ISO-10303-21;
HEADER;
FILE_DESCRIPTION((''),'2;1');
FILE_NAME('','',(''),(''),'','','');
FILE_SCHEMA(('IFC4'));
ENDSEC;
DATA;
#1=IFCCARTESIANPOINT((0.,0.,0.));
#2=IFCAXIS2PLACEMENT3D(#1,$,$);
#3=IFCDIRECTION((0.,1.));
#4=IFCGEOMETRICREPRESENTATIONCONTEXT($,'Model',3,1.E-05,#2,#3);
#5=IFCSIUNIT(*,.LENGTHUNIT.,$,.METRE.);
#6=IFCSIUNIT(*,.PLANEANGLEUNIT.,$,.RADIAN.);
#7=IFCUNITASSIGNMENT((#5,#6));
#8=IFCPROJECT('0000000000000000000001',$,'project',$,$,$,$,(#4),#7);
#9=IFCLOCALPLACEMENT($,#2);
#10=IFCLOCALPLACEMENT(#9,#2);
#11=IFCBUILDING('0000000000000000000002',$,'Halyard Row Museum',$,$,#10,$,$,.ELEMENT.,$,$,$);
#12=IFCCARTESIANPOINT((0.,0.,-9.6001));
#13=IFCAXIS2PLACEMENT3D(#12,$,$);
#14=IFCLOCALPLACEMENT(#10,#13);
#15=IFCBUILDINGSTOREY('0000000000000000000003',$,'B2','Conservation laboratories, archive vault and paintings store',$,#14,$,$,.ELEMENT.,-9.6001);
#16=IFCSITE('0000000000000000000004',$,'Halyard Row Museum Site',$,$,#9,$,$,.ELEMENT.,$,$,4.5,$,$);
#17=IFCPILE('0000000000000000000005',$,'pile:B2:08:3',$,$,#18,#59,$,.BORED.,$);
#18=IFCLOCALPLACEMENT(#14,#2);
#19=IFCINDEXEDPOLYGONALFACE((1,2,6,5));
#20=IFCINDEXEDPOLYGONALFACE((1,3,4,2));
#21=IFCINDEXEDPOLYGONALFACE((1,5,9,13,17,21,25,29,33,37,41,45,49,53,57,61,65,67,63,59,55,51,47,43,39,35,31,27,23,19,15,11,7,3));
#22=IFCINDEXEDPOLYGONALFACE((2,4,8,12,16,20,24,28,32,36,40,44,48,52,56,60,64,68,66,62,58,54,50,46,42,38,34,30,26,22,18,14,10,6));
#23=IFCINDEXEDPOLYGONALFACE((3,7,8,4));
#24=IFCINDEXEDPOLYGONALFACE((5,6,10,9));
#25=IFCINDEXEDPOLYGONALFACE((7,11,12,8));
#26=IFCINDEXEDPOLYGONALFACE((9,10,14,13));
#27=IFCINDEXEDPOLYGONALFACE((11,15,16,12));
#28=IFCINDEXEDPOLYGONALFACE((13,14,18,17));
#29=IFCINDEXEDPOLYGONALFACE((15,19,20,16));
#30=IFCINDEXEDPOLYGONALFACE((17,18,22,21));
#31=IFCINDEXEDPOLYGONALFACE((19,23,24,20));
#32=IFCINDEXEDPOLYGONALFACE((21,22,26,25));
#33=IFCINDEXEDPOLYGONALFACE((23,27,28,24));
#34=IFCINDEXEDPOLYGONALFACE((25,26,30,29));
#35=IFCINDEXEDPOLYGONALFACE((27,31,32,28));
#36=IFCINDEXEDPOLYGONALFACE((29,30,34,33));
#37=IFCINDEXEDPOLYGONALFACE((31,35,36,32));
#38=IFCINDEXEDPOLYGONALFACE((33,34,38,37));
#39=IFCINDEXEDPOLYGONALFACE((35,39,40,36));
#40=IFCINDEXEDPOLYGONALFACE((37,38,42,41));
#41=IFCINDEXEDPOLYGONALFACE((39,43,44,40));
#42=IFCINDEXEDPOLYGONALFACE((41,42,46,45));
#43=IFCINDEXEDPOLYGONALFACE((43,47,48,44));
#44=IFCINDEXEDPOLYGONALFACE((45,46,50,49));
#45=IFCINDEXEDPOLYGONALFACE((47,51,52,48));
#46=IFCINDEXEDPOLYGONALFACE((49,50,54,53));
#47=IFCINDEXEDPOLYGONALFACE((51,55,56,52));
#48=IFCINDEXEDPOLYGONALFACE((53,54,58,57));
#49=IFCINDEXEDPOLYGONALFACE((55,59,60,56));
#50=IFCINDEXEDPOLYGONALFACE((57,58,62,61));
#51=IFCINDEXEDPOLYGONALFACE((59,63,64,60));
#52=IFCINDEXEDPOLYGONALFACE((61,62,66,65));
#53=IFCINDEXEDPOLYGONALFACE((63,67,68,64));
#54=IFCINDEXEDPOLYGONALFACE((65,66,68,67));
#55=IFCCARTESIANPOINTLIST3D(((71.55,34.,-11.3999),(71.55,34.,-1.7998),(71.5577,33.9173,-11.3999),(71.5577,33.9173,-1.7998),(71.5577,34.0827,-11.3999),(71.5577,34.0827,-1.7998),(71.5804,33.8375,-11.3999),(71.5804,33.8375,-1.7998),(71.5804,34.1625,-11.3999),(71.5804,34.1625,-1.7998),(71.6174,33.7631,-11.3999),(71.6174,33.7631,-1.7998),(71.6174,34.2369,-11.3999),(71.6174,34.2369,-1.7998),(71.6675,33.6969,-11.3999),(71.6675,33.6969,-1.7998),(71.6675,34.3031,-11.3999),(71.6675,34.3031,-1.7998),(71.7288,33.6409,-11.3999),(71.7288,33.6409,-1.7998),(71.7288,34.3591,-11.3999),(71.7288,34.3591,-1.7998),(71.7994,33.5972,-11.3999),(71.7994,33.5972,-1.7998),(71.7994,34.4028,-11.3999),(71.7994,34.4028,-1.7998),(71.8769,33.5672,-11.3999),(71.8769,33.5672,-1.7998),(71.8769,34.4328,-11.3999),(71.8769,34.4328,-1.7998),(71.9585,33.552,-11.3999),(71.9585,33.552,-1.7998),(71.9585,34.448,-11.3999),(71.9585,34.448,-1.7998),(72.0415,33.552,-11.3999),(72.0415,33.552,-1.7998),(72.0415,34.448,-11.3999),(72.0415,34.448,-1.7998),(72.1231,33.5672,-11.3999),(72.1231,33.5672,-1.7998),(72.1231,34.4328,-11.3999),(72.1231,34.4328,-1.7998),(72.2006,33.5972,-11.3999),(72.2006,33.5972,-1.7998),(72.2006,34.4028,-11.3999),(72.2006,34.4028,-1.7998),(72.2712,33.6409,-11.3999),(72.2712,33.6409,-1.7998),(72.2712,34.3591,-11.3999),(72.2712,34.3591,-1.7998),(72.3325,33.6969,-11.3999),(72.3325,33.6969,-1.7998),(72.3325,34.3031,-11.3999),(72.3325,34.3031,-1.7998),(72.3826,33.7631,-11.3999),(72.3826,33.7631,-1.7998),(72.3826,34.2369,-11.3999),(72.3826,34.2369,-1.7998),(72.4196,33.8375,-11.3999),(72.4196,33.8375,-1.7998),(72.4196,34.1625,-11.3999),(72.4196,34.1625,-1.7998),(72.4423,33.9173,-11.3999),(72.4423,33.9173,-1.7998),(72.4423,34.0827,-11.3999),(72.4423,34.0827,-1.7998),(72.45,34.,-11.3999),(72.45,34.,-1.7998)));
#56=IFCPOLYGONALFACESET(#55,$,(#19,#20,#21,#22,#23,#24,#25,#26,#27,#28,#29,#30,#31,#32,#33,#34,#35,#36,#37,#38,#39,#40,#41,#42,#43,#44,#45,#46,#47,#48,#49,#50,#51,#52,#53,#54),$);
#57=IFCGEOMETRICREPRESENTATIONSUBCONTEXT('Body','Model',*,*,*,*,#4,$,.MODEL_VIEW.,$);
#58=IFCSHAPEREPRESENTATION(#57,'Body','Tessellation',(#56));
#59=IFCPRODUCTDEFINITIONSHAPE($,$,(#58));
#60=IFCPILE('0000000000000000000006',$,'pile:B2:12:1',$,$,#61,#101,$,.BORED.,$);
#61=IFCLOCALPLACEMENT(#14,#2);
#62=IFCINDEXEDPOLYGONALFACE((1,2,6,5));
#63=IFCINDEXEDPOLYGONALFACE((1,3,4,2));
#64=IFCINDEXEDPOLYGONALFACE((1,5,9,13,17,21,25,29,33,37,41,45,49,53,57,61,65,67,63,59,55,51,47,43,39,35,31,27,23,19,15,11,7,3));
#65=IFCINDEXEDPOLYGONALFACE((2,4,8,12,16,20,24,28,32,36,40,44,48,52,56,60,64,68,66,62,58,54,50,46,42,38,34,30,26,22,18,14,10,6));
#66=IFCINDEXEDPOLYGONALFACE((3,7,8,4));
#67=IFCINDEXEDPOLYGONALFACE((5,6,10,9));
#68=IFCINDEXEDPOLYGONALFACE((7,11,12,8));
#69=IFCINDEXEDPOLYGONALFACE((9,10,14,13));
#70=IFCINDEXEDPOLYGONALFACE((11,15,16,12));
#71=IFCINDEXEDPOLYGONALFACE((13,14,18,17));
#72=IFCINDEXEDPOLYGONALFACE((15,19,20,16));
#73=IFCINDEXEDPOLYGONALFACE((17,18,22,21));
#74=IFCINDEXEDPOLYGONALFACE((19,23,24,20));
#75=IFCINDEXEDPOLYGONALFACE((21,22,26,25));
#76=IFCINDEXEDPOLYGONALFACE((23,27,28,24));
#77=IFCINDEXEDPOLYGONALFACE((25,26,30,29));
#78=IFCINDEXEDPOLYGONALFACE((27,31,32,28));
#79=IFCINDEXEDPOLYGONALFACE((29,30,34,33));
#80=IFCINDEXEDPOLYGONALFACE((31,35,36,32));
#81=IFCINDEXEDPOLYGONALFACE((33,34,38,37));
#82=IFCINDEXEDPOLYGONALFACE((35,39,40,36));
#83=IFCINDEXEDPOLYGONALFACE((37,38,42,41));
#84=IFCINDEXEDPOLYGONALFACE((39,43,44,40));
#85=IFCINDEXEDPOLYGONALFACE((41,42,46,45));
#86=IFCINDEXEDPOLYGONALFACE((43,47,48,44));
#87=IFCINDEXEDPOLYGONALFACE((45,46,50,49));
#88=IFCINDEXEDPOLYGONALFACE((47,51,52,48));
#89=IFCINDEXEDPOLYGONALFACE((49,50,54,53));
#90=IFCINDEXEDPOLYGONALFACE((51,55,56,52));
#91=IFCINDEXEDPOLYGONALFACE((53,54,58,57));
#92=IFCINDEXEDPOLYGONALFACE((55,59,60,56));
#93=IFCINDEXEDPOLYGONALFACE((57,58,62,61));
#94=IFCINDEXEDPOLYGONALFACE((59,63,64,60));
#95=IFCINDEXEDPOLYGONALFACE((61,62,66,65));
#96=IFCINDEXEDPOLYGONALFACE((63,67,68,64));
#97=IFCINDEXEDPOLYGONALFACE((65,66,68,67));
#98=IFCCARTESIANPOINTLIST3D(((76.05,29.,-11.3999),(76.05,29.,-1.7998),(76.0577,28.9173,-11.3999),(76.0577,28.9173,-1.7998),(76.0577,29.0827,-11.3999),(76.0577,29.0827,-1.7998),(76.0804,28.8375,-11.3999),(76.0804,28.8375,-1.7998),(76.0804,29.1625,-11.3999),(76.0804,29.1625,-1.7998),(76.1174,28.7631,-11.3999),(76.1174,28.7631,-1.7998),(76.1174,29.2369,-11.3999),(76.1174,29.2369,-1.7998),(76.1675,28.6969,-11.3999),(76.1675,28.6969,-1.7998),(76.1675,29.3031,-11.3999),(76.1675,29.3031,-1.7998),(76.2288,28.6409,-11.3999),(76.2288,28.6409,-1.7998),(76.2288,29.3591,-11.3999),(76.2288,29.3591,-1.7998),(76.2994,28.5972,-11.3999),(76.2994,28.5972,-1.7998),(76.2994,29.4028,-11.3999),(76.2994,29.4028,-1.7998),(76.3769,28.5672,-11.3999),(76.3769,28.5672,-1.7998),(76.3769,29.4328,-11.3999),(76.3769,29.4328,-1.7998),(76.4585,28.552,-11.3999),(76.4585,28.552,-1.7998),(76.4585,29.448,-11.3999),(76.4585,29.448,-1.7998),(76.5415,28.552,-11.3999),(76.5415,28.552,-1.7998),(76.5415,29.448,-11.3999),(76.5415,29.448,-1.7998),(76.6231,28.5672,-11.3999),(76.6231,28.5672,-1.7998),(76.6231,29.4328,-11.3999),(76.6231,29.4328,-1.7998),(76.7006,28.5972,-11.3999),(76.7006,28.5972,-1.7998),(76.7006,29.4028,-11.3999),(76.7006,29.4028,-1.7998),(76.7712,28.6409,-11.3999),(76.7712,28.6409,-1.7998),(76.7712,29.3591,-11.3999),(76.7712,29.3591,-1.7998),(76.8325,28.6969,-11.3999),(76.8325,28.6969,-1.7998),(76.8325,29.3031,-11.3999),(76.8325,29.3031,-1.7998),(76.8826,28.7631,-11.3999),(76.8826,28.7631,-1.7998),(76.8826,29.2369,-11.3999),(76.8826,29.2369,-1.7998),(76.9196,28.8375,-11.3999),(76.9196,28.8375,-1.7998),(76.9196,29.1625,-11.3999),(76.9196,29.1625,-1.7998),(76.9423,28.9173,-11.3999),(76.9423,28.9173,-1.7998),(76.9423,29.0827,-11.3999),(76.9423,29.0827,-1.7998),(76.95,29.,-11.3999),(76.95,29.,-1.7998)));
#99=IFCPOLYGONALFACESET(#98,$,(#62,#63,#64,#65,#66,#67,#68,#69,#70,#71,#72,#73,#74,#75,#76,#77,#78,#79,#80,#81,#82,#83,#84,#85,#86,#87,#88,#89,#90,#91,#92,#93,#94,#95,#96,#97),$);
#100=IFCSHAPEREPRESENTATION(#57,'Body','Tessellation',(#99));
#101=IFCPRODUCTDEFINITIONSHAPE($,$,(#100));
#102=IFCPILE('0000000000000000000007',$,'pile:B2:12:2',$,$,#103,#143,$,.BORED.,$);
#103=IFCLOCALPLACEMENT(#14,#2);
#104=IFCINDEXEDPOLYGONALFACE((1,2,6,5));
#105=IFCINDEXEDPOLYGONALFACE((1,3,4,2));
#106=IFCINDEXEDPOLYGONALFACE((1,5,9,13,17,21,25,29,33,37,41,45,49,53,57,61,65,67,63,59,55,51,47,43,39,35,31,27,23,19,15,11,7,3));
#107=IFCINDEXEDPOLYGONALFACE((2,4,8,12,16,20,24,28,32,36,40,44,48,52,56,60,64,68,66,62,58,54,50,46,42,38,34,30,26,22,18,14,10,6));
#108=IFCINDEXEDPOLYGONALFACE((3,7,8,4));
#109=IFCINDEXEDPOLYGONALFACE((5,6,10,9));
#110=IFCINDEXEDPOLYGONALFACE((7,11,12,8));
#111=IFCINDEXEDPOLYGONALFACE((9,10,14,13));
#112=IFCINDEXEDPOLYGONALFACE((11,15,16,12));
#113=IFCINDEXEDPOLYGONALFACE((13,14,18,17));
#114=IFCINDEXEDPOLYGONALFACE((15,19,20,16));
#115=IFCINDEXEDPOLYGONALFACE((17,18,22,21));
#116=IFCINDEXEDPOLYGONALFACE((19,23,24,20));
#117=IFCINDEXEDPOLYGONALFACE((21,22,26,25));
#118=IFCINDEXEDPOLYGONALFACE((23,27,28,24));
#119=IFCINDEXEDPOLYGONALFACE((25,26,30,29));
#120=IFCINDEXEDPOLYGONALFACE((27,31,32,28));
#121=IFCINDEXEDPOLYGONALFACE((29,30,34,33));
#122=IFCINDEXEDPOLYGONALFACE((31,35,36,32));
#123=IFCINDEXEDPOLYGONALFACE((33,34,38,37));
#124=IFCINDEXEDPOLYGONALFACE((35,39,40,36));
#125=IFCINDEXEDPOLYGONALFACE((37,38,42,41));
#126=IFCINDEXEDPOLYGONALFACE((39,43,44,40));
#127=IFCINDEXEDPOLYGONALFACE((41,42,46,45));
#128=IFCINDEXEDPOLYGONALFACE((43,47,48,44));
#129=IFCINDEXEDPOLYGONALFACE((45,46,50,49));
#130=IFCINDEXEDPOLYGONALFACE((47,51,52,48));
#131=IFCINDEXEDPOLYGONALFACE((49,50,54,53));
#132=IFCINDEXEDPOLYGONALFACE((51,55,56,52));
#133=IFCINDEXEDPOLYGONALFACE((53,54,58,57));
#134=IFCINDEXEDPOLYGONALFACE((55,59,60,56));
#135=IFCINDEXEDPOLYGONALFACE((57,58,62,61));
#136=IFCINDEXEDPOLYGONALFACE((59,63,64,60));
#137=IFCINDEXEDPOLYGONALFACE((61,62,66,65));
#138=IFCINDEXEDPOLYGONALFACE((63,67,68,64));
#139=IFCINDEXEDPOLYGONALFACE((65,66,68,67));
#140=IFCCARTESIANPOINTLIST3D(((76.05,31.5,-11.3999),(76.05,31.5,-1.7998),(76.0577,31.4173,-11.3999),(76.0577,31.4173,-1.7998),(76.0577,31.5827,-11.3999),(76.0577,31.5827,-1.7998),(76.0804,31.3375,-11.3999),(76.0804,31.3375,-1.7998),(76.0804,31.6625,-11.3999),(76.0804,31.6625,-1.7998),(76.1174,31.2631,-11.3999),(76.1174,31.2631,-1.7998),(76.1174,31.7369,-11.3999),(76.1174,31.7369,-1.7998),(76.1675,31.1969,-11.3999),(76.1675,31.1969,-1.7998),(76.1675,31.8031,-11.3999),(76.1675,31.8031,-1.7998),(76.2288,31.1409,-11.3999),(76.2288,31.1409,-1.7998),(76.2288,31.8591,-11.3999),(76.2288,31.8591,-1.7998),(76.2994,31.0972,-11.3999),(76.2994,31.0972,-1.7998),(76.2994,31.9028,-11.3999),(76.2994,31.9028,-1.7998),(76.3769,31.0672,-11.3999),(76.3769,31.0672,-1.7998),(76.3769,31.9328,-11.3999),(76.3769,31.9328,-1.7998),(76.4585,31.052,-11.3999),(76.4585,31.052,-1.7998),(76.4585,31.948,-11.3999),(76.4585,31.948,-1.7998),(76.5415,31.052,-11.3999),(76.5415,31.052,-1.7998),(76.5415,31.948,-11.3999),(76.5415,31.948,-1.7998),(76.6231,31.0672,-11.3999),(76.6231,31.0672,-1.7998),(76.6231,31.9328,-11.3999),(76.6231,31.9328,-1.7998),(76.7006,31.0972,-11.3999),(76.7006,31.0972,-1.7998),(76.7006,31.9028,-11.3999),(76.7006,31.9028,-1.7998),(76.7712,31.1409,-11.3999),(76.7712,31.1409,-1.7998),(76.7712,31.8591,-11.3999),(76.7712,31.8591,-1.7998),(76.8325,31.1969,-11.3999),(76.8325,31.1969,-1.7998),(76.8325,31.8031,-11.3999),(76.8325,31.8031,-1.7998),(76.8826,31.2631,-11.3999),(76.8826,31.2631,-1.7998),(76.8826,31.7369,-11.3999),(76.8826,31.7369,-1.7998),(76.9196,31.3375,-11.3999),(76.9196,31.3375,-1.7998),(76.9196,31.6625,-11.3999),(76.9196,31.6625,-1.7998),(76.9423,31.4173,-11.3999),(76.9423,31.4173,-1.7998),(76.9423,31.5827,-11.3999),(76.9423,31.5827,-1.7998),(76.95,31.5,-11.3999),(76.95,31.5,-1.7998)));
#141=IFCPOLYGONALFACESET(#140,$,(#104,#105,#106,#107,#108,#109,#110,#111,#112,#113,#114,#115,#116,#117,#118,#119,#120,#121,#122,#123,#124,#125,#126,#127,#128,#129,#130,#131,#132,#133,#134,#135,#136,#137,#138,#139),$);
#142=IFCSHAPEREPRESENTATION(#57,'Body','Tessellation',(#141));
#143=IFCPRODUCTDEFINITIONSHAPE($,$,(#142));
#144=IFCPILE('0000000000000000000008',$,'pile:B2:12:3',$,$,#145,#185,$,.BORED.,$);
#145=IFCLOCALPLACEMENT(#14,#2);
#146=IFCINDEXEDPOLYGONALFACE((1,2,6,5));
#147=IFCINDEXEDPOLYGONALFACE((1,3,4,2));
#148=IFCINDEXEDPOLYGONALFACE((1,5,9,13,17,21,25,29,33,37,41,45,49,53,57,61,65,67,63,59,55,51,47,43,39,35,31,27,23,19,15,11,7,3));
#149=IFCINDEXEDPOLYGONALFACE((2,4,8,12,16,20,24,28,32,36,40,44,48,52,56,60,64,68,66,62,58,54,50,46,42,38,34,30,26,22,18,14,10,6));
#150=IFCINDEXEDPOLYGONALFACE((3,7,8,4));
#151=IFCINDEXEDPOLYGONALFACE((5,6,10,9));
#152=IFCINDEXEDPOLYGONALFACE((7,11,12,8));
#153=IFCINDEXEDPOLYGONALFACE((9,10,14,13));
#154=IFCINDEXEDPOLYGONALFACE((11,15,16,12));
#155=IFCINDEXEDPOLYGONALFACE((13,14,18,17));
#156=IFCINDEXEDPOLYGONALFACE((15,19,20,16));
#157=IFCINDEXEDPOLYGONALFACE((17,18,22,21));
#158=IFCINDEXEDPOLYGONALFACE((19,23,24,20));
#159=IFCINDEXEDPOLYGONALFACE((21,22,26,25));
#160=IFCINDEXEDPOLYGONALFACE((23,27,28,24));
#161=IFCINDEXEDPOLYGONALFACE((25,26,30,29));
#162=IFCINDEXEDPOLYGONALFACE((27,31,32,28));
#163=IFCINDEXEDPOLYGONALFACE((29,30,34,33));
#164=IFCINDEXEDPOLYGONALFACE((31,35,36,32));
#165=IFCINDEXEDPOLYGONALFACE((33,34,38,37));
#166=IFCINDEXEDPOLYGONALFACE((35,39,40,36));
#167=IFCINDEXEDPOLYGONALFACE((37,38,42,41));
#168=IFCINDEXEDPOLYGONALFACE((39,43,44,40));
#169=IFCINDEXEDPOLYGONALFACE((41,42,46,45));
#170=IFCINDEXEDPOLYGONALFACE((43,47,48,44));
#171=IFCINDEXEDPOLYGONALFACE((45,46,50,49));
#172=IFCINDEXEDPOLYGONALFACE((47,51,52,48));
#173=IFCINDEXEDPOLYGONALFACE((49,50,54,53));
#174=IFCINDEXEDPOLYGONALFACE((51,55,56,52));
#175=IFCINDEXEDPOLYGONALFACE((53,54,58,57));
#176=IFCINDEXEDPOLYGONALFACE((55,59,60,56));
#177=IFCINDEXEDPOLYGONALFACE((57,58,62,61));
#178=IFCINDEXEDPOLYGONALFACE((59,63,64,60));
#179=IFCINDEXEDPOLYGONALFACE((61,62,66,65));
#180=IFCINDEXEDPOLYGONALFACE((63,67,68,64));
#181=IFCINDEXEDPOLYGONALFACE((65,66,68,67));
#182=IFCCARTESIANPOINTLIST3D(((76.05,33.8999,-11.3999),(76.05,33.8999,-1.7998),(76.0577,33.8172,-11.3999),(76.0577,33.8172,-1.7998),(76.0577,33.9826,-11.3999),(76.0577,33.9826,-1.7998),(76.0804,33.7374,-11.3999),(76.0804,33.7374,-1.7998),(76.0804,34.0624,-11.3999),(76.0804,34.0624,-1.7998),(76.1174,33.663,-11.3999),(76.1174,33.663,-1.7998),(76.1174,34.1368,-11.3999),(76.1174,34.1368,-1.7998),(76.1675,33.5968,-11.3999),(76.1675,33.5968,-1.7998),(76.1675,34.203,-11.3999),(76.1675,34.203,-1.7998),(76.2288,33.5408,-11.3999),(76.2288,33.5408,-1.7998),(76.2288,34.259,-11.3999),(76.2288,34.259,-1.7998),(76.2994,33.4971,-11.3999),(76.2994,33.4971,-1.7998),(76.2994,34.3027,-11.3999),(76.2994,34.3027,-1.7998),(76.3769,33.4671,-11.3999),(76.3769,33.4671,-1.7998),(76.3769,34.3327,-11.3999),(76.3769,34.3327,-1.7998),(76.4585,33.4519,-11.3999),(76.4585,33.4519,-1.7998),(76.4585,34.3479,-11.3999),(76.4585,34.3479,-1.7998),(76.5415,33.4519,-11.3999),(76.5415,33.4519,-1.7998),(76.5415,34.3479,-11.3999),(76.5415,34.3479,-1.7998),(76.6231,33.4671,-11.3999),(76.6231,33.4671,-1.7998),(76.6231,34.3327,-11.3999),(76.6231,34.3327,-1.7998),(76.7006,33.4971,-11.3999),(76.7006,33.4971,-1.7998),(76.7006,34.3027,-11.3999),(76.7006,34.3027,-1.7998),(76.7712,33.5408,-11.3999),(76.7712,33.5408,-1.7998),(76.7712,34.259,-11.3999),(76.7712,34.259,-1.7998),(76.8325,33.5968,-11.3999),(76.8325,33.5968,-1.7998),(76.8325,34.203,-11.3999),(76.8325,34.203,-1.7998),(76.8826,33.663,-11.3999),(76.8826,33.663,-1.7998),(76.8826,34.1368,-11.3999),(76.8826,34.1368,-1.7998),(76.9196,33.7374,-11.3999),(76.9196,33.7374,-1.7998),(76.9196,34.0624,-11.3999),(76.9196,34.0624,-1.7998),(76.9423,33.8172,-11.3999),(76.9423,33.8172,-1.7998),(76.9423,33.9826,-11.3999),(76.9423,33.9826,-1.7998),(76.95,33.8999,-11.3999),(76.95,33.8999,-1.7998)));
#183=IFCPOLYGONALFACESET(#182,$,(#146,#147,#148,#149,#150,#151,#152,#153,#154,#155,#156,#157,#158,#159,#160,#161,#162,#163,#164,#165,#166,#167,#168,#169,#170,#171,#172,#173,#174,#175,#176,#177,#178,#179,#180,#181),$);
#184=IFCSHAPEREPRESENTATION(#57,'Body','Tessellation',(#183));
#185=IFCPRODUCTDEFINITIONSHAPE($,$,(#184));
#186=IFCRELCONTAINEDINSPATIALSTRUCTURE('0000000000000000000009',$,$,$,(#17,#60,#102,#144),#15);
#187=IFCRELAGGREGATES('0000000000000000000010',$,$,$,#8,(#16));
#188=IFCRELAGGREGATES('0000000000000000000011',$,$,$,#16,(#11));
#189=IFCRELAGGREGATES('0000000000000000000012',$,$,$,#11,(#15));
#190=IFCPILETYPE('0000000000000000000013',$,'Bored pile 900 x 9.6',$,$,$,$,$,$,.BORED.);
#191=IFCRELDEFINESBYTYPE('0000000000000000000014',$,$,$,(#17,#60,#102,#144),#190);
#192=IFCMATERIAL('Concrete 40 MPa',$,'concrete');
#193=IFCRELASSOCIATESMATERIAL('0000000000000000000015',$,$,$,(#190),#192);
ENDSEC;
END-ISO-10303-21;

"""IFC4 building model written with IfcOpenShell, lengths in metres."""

from ifc_helpers import new_model, si_unit, direction, frame, origin, origin_2d, place, context, subcontext, project, spatial, circle, extrude, material, material_profile, profile_set, type_object, element, save


model = new_model("IFC4")

# Units and contexts
model_context = context("Model", 3, precision=1e-05, world=origin(), true_north=direction((0.0, 1.0)))
body_context = subcontext(model_context, "Body", "Model", "MODEL_VIEW")
ifc_project = project(units=[si_unit("LENGTHUNIT", "METRE"), si_unit("PLANEANGLEUNIT", "RADIAN")], contexts=[model_context])

# Site, building, storey
site_placement = place(None, origin())
site = spatial("IfcSite", under=ifc_project, at=site_placement, Name="Halyard Row Museum Site", CompositionType="ELEMENT", RefElevation=4.5)
building_placement = place(site_placement, origin())
building = spatial("IfcBuilding", under=site, at=building_placement, Name="Halyard Row Museum", CompositionType="ELEMENT")
storey_placement = place(building_placement, frame((0.0, 0.0, -9.6001)))
storey = spatial("IfcBuildingStorey", under=building, at=storey_placement, Name="B2", Description="Conservation laboratories, archive vault and paintings store", CompositionType="ELEMENT", Elevation=-9.6001)

# Piles
ifc_material_1 = material(Name="Concrete 40 MPa", Category="concrete")
ifc_material_profile_1 = material_profile(ifc_material_1, circle(Radius=0.45, at=origin_2d()), Name="Bored pile 900 x 9.6")
ifc_profile_set_1 = profile_set([ifc_material_profile_1], Name="Concrete 40 MPa")
pile_type_1 = type_object("IfcPileType", Name="Bored pile 900 x 9.6", PredefinedType="BORED", material=ifc_profile_set_1)
for number, where, z_axis, x_axis, name in (
    (1, (72.0, 34.0, -1.7998), (0.0, 0.0, -1.0), (1.0, 0.0, 0.0), "pile:B2:08:3"),
    (2, (76.5, 29.0, -1.7998), (0.0, 0.0, -1.0), (1.0, 0.0, 0.0), "pile:B2:12:1"),
    (3, (76.5, 31.5, -1.7998), (0.0, 0.0, -1.0), (1.0, 0.0, 0.0), "pile:B2:12:2"),
    (4, (76.5, 33.8999, -1.7998), (0.0, 0.0, -1.0), (1.0, 0.0, 0.0), "pile:B2:12:3"),
):
    element("IfcPile", number, at=place(storey_placement, frame(where, z_axis=z_axis, x_axis=x_axis)), inside=storey, type_object=pile_type_1, Name=name, PredefinedType="BORED", context=body_context, shape_type="SweptSolid", body=[
        extrude(circle(Radius=0.45, at=origin_2d()), origin(), (0.0, 0.0, 1.0), 9.6001),
    ])

save(model, "model.ifc")
